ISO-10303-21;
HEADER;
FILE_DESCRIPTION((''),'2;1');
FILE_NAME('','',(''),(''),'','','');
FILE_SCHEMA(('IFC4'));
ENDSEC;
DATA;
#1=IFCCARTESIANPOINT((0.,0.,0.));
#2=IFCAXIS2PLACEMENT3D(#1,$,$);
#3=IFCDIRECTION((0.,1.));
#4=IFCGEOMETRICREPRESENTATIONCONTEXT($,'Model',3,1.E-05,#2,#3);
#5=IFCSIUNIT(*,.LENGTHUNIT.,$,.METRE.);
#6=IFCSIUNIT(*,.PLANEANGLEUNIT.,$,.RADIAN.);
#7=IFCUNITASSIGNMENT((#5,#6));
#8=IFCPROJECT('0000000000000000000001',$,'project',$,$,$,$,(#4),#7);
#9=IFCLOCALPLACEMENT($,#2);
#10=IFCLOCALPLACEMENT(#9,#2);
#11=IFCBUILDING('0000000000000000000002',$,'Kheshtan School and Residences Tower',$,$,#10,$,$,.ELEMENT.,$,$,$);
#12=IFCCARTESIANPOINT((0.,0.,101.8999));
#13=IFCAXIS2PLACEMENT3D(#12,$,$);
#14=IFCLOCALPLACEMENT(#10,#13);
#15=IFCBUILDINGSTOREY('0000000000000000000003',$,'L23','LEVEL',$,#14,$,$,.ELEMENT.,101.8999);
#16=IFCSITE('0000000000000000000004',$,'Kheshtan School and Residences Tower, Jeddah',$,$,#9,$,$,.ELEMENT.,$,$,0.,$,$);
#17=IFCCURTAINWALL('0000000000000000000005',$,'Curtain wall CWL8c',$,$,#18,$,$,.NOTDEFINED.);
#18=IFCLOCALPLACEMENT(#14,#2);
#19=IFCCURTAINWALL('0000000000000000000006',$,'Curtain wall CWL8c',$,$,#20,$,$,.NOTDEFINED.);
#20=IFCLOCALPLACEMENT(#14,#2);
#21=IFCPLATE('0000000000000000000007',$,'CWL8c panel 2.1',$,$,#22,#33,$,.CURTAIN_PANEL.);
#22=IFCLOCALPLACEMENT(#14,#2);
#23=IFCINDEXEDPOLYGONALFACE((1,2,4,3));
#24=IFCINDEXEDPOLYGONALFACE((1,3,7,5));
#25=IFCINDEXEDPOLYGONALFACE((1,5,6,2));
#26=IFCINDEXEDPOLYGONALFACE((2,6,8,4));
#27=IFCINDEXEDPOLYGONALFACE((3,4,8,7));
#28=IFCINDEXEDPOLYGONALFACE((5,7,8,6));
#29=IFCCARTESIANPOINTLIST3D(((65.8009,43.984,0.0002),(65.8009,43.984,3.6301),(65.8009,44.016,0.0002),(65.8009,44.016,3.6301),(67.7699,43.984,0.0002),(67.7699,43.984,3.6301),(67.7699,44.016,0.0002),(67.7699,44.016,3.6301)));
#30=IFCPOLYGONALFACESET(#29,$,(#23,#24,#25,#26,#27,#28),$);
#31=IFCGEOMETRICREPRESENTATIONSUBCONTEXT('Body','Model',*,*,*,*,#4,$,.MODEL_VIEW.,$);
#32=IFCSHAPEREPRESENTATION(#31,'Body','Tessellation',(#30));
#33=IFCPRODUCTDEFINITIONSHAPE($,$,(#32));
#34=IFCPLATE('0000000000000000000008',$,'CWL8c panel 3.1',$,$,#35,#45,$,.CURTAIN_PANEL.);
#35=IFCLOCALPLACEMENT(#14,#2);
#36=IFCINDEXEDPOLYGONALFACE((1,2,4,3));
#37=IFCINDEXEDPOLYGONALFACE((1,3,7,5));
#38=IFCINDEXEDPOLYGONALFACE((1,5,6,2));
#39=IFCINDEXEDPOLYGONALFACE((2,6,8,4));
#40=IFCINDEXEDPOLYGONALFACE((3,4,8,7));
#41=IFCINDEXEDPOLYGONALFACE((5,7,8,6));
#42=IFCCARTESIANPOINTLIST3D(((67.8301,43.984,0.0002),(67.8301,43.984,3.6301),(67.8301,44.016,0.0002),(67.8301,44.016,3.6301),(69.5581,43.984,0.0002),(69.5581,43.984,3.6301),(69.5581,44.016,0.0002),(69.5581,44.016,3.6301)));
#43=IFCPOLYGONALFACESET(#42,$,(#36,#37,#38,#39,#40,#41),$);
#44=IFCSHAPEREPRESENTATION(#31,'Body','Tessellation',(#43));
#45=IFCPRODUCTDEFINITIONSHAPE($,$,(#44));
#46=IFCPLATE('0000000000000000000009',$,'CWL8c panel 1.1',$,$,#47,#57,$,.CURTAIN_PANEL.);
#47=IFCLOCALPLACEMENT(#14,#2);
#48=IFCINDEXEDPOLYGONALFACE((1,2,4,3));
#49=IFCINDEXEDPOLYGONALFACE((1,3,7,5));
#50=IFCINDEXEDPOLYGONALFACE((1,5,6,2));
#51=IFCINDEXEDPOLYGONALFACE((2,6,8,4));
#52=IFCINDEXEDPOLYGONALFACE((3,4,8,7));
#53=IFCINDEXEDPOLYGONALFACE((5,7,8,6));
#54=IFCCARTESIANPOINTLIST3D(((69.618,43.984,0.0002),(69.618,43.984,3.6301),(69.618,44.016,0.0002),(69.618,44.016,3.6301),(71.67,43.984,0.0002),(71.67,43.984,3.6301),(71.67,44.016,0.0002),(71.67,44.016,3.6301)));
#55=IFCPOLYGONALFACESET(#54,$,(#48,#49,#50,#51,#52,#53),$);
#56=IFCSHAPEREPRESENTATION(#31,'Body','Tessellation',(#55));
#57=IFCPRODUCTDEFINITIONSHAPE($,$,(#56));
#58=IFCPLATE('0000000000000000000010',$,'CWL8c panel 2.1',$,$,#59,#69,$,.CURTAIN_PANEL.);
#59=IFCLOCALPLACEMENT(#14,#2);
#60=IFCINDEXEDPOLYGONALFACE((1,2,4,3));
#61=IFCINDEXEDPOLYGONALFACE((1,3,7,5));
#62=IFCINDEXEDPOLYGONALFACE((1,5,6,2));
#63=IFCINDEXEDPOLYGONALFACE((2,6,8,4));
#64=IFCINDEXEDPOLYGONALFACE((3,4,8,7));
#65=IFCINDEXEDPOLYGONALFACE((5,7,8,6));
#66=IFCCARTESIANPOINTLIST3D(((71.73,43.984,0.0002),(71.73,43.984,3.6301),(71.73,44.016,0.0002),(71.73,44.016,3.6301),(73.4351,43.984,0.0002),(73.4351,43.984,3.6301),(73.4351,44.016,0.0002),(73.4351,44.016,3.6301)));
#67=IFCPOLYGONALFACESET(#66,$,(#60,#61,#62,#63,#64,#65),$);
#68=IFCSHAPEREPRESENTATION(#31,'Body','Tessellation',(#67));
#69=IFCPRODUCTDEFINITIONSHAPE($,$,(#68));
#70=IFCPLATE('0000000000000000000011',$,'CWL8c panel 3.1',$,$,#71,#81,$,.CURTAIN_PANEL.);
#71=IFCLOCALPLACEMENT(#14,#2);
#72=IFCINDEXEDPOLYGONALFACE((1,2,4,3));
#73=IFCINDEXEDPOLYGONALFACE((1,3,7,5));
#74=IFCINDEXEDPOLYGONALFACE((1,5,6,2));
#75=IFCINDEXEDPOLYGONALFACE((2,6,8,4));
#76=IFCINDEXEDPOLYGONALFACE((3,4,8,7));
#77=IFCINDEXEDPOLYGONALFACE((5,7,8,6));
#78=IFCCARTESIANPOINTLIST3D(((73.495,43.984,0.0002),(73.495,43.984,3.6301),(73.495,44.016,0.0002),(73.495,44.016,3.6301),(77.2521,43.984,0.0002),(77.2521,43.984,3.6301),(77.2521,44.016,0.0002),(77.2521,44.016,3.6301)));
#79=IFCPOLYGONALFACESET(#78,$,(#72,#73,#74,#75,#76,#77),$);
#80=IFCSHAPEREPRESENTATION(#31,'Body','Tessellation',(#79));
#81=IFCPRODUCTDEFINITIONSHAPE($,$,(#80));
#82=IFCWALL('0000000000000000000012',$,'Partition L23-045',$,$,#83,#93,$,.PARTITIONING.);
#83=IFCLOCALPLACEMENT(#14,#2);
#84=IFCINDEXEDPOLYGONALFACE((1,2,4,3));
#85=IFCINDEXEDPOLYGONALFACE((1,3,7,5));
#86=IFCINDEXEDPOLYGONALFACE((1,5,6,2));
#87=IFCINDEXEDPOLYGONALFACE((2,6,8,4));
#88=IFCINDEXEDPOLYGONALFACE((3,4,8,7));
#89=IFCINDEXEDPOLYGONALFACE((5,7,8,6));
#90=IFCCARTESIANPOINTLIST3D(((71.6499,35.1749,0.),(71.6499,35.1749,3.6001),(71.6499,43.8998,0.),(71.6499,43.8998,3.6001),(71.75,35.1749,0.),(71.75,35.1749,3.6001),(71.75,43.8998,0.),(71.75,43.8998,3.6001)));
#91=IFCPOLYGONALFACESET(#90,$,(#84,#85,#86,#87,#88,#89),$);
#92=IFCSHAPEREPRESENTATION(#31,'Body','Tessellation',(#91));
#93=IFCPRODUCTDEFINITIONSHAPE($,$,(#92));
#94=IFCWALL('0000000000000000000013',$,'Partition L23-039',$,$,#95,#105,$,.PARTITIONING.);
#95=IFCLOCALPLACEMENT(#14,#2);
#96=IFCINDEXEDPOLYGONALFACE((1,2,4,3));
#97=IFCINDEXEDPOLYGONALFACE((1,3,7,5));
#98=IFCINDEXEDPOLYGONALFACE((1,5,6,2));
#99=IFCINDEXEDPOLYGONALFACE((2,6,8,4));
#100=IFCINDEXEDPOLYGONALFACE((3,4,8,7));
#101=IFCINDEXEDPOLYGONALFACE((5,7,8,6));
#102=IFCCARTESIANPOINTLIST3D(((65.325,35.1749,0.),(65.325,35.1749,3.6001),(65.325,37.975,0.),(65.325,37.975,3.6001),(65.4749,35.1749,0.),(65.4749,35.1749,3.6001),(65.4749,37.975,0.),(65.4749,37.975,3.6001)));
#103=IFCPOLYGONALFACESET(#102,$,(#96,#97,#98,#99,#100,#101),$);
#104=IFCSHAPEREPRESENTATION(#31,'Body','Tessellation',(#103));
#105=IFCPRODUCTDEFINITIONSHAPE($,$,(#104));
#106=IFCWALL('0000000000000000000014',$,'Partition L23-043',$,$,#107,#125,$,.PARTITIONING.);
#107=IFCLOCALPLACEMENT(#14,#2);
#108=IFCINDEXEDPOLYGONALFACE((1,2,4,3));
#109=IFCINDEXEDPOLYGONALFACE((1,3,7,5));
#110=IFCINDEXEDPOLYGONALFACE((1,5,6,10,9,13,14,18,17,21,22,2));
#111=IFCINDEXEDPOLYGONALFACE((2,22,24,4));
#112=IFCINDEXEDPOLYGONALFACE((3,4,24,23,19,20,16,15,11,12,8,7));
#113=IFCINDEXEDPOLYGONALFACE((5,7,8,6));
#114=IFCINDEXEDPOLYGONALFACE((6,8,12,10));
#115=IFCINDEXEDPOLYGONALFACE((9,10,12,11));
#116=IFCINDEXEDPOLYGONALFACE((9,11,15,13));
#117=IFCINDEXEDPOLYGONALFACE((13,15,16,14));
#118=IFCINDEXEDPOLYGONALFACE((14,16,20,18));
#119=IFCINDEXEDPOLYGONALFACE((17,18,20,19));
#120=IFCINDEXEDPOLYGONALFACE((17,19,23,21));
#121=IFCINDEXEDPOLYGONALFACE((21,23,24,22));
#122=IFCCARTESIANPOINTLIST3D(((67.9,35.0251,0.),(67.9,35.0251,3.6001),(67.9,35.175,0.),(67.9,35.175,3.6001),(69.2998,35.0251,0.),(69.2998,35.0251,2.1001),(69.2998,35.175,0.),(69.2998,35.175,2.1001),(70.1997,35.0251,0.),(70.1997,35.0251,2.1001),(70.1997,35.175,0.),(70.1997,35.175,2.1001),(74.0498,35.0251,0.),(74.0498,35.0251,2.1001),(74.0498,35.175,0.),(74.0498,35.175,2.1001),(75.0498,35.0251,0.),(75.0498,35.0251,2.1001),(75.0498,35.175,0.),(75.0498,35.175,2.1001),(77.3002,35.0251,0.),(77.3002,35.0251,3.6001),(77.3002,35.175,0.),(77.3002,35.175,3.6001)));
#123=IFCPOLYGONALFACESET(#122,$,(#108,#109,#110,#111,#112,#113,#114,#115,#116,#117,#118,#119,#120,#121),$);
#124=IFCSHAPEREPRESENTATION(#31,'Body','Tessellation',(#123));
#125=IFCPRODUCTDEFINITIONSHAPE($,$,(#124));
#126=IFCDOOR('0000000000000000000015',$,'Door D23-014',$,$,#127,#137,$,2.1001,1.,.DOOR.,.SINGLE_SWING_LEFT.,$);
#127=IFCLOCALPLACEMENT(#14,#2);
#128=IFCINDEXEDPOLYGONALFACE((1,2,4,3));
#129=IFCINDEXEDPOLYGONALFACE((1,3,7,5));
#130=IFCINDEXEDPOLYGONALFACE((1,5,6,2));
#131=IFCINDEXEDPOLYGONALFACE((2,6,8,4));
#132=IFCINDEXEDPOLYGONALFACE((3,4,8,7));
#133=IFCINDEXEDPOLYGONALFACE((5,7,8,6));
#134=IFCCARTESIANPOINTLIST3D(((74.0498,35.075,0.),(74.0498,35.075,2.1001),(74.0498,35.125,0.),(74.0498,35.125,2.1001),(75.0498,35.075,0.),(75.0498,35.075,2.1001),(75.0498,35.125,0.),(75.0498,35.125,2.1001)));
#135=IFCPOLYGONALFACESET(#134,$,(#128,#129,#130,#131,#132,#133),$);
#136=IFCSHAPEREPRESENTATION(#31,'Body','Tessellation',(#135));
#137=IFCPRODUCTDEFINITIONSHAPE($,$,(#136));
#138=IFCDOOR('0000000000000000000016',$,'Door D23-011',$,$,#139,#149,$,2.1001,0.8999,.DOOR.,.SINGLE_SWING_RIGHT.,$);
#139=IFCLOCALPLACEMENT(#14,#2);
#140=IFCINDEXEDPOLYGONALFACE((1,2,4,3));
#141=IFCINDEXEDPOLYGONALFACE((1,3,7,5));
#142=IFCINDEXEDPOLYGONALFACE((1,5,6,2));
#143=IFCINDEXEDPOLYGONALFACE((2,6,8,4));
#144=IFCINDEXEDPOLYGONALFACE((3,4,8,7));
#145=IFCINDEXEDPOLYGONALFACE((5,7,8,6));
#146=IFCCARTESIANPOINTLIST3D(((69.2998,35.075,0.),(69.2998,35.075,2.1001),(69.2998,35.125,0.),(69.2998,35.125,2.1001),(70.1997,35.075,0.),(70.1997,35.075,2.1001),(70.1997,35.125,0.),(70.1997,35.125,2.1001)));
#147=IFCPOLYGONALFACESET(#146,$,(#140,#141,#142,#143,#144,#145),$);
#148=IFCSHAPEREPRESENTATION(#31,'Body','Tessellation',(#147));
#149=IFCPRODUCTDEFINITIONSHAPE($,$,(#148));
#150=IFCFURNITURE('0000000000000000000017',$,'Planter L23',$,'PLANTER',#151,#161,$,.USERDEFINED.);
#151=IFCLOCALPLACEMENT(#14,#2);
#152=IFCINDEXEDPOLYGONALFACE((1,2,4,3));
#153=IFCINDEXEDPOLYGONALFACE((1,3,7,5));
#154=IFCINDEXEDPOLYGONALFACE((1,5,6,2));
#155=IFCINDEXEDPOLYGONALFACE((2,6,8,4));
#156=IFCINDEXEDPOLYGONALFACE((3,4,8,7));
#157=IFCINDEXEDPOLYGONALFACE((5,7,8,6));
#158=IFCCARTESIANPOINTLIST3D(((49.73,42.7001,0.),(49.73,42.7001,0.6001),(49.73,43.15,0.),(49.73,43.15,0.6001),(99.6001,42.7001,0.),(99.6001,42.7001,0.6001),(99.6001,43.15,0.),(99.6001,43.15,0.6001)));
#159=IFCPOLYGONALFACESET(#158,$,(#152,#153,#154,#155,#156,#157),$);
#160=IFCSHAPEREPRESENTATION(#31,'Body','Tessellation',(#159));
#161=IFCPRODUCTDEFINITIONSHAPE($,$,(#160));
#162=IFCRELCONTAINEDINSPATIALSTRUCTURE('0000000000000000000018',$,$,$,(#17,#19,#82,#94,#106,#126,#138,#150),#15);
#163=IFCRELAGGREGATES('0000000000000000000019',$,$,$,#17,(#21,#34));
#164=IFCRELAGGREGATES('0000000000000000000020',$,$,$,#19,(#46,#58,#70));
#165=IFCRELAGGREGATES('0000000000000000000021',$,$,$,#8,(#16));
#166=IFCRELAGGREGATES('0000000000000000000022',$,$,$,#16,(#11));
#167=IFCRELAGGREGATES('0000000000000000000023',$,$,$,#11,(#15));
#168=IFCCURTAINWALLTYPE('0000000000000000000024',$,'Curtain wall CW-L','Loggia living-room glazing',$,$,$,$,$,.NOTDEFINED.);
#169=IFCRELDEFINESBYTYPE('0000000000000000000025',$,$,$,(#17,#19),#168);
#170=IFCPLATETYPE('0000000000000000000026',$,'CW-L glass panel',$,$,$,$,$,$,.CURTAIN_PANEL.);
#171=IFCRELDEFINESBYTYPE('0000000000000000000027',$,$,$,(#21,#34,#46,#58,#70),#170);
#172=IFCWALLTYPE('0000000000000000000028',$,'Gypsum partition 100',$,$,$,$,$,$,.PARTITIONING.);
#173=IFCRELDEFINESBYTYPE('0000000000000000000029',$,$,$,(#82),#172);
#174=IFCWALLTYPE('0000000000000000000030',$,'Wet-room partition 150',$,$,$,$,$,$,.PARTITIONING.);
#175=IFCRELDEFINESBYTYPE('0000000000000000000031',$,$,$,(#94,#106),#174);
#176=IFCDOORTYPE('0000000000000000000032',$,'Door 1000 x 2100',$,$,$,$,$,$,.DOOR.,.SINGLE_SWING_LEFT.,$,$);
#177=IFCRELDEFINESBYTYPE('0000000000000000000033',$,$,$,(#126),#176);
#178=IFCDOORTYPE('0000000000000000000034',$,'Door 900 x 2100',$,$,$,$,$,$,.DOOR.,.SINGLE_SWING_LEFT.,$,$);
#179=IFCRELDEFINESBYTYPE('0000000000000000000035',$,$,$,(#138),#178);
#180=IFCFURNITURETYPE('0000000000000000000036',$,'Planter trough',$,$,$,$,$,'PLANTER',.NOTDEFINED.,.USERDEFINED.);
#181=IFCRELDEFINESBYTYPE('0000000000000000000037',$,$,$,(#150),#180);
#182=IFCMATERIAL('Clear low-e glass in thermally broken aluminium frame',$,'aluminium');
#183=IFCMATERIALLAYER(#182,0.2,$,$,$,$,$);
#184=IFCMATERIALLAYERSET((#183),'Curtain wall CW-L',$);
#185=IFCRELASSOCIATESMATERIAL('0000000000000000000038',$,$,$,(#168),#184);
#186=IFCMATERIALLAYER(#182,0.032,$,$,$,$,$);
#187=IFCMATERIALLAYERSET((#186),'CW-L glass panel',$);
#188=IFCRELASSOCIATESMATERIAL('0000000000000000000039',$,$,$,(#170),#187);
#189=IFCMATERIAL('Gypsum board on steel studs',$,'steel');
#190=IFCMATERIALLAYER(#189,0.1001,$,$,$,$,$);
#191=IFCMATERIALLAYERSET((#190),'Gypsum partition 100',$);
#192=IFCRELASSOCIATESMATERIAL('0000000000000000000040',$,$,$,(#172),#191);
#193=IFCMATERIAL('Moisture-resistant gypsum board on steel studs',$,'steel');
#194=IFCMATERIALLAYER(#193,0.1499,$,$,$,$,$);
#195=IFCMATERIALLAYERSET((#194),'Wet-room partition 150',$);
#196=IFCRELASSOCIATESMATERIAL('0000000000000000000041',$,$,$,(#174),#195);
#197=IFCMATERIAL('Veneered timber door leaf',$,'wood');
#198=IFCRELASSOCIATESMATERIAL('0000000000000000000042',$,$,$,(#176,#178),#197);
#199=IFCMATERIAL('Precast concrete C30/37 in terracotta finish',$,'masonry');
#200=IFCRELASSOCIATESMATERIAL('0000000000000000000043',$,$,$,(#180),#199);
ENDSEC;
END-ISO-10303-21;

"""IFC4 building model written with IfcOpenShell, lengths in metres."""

from ifc_helpers import new_model, si_unit, direction, frame, frame_2d, origin, origin_2d, place, context, subcontext, project, spatial, rectangle, extrude, source, transform, mapped, material, layer, layer_set, type_object, element, fill, aggregate, save


model = new_model("IFC4")

# Units and contexts
model_context = context("Model", 3, precision=1e-05, world=origin(), true_north=direction((0.0, 1.0)))
body_context = subcontext(model_context, "Body", "Model", "MODEL_VIEW")
ifc_project = project(units=[si_unit("LENGTHUNIT", "METRE"), si_unit("PLANEANGLEUNIT", "RADIAN")], contexts=[model_context])

# Site, building, storey
site_placement = place(None, origin())
site = spatial("IfcSite", under=ifc_project, at=site_placement, Name="Kheshtan School and Residences Tower, Jeddah", CompositionType="ELEMENT", RefElevation=0.0)
building_placement = place(site_placement, origin())
building = spatial("IfcBuilding", under=site, at=building_placement, Name="Kheshtan School and Residences Tower", CompositionType="ELEMENT")
storey_placement = place(building_placement, frame((0.0, 0.0, 101.8999)))
storey = spatial("IfcBuildingStorey", under=building, at=storey_placement, Name="L23", Description="LEVEL", CompositionType="ELEMENT", Elevation=101.8999)

# Curtain walls
ifc_material_1 = material(Name="Clear low-e glass in thermally broken aluminium frame", Category="aluminium")
ifc_layer_1 = layer(ifc_material_1, 0.2)
ifc_layer_set_1 = layer_set([ifc_layer_1], Name="Curtain wall CW-L")
curtain_wall_type = type_object("IfcCurtainWallType", Name="Curtain wall CW-L", Description="Loggia living-room glazing", PredefinedType="NOTDEFINED", material=ifc_layer_set_1)
curtain_wall_1_placement = place(storey_placement, origin())
curtain_wall_1 = element("IfcCurtainWall", 1, at=curtain_wall_1_placement, inside=storey, type_object=curtain_wall_type, Name="Curtain wall CWL8c", PredefinedType="NOTDEFINED")
curtain_wall_2_placement = place(storey_placement, origin())
curtain_wall_2 = element("IfcCurtainWall", 2, at=curtain_wall_2_placement, inside=storey, type_object=curtain_wall_type, Name="Curtain wall CWL8c", PredefinedType="NOTDEFINED")

# Plates
ifc_layer_2 = layer(ifc_material_1, 0.032)
ifc_layer_set_2 = layer_set([ifc_layer_2], Name="CW-L glass panel")
plate_type = type_object("IfcPlateType", Name="CW-L glass panel", PredefinedType="CURTAIN_PANEL", material=ifc_layer_set_2)
plate_1_placement = place(storey_placement, frame((66.7854, 44.0, 0.0002), z_axis=(0.0, 0.0, 1.0), x_axis=(1.0, 0.0, 0.0)))
plate_1 = element("IfcPlate", 3, at=plate_1_placement, type_object=plate_type, Name="CWL8c panel 2.1", PredefinedType="CURTAIN_PANEL", context=body_context, shape_type="SweptSolid", body=[
    extrude(rectangle(XDim=1.969, YDim=0.032, at=origin_2d()), origin(), (0.0, 0.0, 1.0), 3.6299),
])
plate_2_placement = place(storey_placement, frame((68.6941, 44.0, 0.0002), z_axis=(0.0, 0.0, 1.0), x_axis=(1.0, 0.0, 0.0)))
plate_2 = element("IfcPlate", 4, at=plate_2_placement, type_object=plate_type, Name="CWL8c panel 3.1", PredefinedType="CURTAIN_PANEL", context=body_context, shape_type="SweptSolid", body=[
    extrude(rectangle(XDim=1.728, YDim=0.032, at=origin_2d()), origin(), (0.0, 0.0, 1.0), 3.6299),
])
aggregate(curtain_wall_1, [plate_1, plate_2])
plate_3_placement = place(storey_placement, frame((70.644, 44.0, 0.0002), z_axis=(0.0, 0.0, 1.0), x_axis=(1.0, 0.0, 0.0)))
plate_3 = element("IfcPlate", 5, at=plate_3_placement, type_object=plate_type, Name="CWL8c panel 1.1", PredefinedType="CURTAIN_PANEL", context=body_context, shape_type="SweptSolid", body=[
    extrude(rectangle(XDim=2.052, YDim=0.032, at=origin_2d()), origin(), (0.0, 0.0, 1.0), 3.6299),
])
plate_4_placement = place(storey_placement, frame((72.5825, 44.0, 0.0002), z_axis=(0.0, 0.0, 1.0), x_axis=(1.0, 0.0, 0.0)))
plate_4 = element("IfcPlate", 6, at=plate_4_placement, type_object=plate_type, Name="CWL8c panel 2.1", PredefinedType="CURTAIN_PANEL", context=body_context, shape_type="SweptSolid", body=[
    extrude(rectangle(XDim=1.7051, YDim=0.032, at=origin_2d()), origin(), (0.0, 0.0, 1.0), 3.6299),
])
plate_5_placement = place(storey_placement, frame((75.3735, 44.0, 0.0002), z_axis=(0.0, 0.0, 1.0), x_axis=(1.0, 0.0, 0.0)))
plate_5 = element("IfcPlate", 7, at=plate_5_placement, type_object=plate_type, Name="CWL8c panel 3.1", PredefinedType="CURTAIN_PANEL", context=body_context, shape_type="SweptSolid", body=[
    extrude(rectangle(XDim=3.7571, YDim=0.032, at=origin_2d()), origin(), (0.0, 0.0, 1.0), 3.6299),
])
aggregate(curtain_wall_2, [plate_3, plate_4, plate_5])

# Walls
ifc_material_2 = material(Name="Gypsum board on steel studs", Category="steel")
ifc_layer_3 = layer(ifc_material_2, 0.1001)
ifc_layer_set_3 = layer_set([ifc_layer_3], Name="Gypsum partition 100")
wall_type_1 = type_object("IfcWallType", Name="Gypsum partition 100", PredefinedType="PARTITIONING", material=ifc_layer_set_3)
wall_1_placement = place(storey_placement, frame((71.7, 35.175, 0.0), z_axis=(0.0, 0.0, 1.0), x_axis=(0.0, 1.0, 0.0)))
element("IfcWall", 8, at=wall_1_placement, inside=storey, type_object=wall_type_1, Name="Partition L23-045", PredefinedType="PARTITIONING", context=body_context, shape_type="SweptSolid", body=[
    extrude(rectangle(XDim=8.7249, YDim=0.1001, at=frame_2d((4.3623, 0.0))), origin(), (0.0, 0.0, 1.0), 3.6001),
])
ifc_material_3 = material(Name="Moisture-resistant gypsum board on steel studs", Category="steel")
ifc_layer_4 = layer(ifc_material_3, 0.1499)
ifc_layer_set_4 = layer_set([ifc_layer_4], Name="Wet-room partition 150")
wall_type_2 = type_object("IfcWallType", Name="Wet-room partition 150", PredefinedType="PARTITIONING", material=ifc_layer_set_4)
wall_2_placement = place(storey_placement, frame((65.3999, 35.175, 0.0), z_axis=(0.0, 0.0, 1.0), x_axis=(0.0, 1.0, 0.0)))
element("IfcWall", 9, at=wall_2_placement, inside=storey, type_object=wall_type_2, Name="Partition L23-039", PredefinedType="PARTITIONING", context=body_context, shape_type="SweptSolid", body=[
    extrude(rectangle(XDim=2.8, YDim=0.1499, at=frame_2d((1.3999, 0.0))), origin(), (0.0, 0.0, 1.0), 3.6001),
])

# Wall, openings, doors
wall_3_placement = place(storey_placement, frame((67.8999, 35.1001, 0.0), z_axis=(0.0, 0.0, 1.0), x_axis=(1.0, 0.0, 0.0)))
wall_3 = element("IfcWall", 10, at=wall_3_placement, inside=storey, type_object=wall_type_2, Name="Partition L23-043", PredefinedType="PARTITIONING", context=body_context, shape_type="SweptSolid", body=[
    extrude(rectangle(XDim=9.4001, YDim=0.1499, at=frame_2d((4.7002, 0.0))), origin(), (0.0, 0.0, 1.0), 3.6001),
])
opening_1_placement = place(wall_3_placement, frame((1.3999, 0.0, 0.0)))
opening_1 = element("IfcOpeningElement", 11, at=opening_1_placement, cuts=wall_3, PredefinedType="OPENING", context=body_context, shape_type="SweptSolid", body=[
    extrude(rectangle(XDim=0.8999, YDim=2.1001, at=frame_2d((0.45, 1.05))), frame((0.0, 0.085, 0.0), z_axis=(0.0, -1.0, 0.0), x_axis=(1.0, 0.0, 0.0)), (0.0, 0.0, 1.0), 0.1699),
])
opening_2_placement = place(wall_3_placement, frame((6.1499, 0.0, 0.0)))
opening_2 = element("IfcOpeningElement", 12, at=opening_2_placement, cuts=wall_3, PredefinedType="OPENING", context=body_context, shape_type="SweptSolid", body=[
    extrude(rectangle(XDim=1.0, YDim=2.1001, at=frame_2d((0.5, 1.05))), frame((0.0, 0.085, 0.0), z_axis=(0.0, -1.0, 0.0), x_axis=(1.0, 0.0, 0.0)), (0.0, 0.0, 1.0), 0.1699),
])
ifc_material_4 = material(Name="Veneered timber door leaf", Category="wood")
door_type_1 = type_object("IfcDoorType", Name="Door 1000 x 2100", OperationType="SINGLE_SWING_LEFT", PredefinedType="DOOR", material=ifc_material_4)
shared_shape_1 = source(origin(), body_context, "Body", "SweptSolid", [
    extrude(rectangle(XDim=1.0, YDim=2.1001, at=frame_2d((0.5, 1.05))), frame((0.0, 0.0249, 0.0), z_axis=(0.0, -1.0, 0.0), x_axis=(1.0, 0.0, 0.0)), (0.0, 0.0, 1.0), 0.05),
])
door_1_placement = place(opening_2_placement, origin())
door_1 = element("IfcDoor", 13, at=door_1_placement, inside=storey, type_object=door_type_1, Name="Door D23-014", OperationType="SINGLE_SWING_LEFT", OverallHeight=2.1001, OverallWidth=1.0, PredefinedType="DOOR", context=body_context, shape_type="MappedRepresentation", body=[
    mapped(shared_shape_1, transform((0.0, 0.0, 0.0), x_axis=(1.0, 0.0, 0.0), y_axis=(0.0, 1.0, 0.0), z_axis=(0.0, 0.0, 1.0), scale=1.0)),
])
fill(opening_2, door_1)
door_type_2 = type_object("IfcDoorType", Name="Door 900 x 2100", OperationType="SINGLE_SWING_LEFT", PredefinedType="DOOR", material=ifc_material_4)
shared_shape_2 = source(origin(), body_context, "Body", "SweptSolid", [
    extrude(rectangle(XDim=0.8999, YDim=2.1001, at=frame_2d((0.45, 1.05))), frame((0.0, 0.0249, 0.0), z_axis=(0.0, -1.0, 0.0), x_axis=(1.0, 0.0, 0.0)), (0.0, 0.0, 1.0), 0.05),
])
door_2_placement = place(opening_1_placement, origin())
door_2 = element("IfcDoor", 14, at=door_2_placement, inside=storey, type_object=door_type_2, Name="Door D23-011", OperationType="SINGLE_SWING_RIGHT", OverallHeight=2.1001, OverallWidth=0.8999, PredefinedType="DOOR", context=body_context, shape_type="MappedRepresentation", body=[
    mapped(shared_shape_2, transform((0.0, 0.0, 0.0), x_axis=(1.0, 0.0, 0.0), y_axis=(0.0, 1.0, 0.0), z_axis=(0.0, 0.0, 1.0), scale=1.0)),
])
fill(opening_1, door_2)

# Furniture
ifc_material_5 = material(Name="Precast concrete C30/37 in terracotta finish", Category="masonry")
furniture_type = type_object("IfcFurnitureType", Name="Planter trough", ElementType="PLANTER", AssemblyPlace="NOTDEFINED", PredefinedType="USERDEFINED", material=ifc_material_5)
furniture_placement = place(storey_placement, frame((74.665, 42.925, 0.0), z_axis=(0.0, 0.0, 1.0), x_axis=(1.0, 0.0, 0.0)))
element("IfcFurniture", 15, at=furniture_placement, inside=storey, type_object=furniture_type, Name="Planter L23", ObjectType="PLANTER", PredefinedType="USERDEFINED", context=body_context, shape_type="SweptSolid", body=[
    extrude(rectangle(XDim=49.8701, YDim=0.45, at=origin_2d()), origin(), (0.0, 0.0, 1.0), 0.6001),
])

save(model, "model.ifc")
